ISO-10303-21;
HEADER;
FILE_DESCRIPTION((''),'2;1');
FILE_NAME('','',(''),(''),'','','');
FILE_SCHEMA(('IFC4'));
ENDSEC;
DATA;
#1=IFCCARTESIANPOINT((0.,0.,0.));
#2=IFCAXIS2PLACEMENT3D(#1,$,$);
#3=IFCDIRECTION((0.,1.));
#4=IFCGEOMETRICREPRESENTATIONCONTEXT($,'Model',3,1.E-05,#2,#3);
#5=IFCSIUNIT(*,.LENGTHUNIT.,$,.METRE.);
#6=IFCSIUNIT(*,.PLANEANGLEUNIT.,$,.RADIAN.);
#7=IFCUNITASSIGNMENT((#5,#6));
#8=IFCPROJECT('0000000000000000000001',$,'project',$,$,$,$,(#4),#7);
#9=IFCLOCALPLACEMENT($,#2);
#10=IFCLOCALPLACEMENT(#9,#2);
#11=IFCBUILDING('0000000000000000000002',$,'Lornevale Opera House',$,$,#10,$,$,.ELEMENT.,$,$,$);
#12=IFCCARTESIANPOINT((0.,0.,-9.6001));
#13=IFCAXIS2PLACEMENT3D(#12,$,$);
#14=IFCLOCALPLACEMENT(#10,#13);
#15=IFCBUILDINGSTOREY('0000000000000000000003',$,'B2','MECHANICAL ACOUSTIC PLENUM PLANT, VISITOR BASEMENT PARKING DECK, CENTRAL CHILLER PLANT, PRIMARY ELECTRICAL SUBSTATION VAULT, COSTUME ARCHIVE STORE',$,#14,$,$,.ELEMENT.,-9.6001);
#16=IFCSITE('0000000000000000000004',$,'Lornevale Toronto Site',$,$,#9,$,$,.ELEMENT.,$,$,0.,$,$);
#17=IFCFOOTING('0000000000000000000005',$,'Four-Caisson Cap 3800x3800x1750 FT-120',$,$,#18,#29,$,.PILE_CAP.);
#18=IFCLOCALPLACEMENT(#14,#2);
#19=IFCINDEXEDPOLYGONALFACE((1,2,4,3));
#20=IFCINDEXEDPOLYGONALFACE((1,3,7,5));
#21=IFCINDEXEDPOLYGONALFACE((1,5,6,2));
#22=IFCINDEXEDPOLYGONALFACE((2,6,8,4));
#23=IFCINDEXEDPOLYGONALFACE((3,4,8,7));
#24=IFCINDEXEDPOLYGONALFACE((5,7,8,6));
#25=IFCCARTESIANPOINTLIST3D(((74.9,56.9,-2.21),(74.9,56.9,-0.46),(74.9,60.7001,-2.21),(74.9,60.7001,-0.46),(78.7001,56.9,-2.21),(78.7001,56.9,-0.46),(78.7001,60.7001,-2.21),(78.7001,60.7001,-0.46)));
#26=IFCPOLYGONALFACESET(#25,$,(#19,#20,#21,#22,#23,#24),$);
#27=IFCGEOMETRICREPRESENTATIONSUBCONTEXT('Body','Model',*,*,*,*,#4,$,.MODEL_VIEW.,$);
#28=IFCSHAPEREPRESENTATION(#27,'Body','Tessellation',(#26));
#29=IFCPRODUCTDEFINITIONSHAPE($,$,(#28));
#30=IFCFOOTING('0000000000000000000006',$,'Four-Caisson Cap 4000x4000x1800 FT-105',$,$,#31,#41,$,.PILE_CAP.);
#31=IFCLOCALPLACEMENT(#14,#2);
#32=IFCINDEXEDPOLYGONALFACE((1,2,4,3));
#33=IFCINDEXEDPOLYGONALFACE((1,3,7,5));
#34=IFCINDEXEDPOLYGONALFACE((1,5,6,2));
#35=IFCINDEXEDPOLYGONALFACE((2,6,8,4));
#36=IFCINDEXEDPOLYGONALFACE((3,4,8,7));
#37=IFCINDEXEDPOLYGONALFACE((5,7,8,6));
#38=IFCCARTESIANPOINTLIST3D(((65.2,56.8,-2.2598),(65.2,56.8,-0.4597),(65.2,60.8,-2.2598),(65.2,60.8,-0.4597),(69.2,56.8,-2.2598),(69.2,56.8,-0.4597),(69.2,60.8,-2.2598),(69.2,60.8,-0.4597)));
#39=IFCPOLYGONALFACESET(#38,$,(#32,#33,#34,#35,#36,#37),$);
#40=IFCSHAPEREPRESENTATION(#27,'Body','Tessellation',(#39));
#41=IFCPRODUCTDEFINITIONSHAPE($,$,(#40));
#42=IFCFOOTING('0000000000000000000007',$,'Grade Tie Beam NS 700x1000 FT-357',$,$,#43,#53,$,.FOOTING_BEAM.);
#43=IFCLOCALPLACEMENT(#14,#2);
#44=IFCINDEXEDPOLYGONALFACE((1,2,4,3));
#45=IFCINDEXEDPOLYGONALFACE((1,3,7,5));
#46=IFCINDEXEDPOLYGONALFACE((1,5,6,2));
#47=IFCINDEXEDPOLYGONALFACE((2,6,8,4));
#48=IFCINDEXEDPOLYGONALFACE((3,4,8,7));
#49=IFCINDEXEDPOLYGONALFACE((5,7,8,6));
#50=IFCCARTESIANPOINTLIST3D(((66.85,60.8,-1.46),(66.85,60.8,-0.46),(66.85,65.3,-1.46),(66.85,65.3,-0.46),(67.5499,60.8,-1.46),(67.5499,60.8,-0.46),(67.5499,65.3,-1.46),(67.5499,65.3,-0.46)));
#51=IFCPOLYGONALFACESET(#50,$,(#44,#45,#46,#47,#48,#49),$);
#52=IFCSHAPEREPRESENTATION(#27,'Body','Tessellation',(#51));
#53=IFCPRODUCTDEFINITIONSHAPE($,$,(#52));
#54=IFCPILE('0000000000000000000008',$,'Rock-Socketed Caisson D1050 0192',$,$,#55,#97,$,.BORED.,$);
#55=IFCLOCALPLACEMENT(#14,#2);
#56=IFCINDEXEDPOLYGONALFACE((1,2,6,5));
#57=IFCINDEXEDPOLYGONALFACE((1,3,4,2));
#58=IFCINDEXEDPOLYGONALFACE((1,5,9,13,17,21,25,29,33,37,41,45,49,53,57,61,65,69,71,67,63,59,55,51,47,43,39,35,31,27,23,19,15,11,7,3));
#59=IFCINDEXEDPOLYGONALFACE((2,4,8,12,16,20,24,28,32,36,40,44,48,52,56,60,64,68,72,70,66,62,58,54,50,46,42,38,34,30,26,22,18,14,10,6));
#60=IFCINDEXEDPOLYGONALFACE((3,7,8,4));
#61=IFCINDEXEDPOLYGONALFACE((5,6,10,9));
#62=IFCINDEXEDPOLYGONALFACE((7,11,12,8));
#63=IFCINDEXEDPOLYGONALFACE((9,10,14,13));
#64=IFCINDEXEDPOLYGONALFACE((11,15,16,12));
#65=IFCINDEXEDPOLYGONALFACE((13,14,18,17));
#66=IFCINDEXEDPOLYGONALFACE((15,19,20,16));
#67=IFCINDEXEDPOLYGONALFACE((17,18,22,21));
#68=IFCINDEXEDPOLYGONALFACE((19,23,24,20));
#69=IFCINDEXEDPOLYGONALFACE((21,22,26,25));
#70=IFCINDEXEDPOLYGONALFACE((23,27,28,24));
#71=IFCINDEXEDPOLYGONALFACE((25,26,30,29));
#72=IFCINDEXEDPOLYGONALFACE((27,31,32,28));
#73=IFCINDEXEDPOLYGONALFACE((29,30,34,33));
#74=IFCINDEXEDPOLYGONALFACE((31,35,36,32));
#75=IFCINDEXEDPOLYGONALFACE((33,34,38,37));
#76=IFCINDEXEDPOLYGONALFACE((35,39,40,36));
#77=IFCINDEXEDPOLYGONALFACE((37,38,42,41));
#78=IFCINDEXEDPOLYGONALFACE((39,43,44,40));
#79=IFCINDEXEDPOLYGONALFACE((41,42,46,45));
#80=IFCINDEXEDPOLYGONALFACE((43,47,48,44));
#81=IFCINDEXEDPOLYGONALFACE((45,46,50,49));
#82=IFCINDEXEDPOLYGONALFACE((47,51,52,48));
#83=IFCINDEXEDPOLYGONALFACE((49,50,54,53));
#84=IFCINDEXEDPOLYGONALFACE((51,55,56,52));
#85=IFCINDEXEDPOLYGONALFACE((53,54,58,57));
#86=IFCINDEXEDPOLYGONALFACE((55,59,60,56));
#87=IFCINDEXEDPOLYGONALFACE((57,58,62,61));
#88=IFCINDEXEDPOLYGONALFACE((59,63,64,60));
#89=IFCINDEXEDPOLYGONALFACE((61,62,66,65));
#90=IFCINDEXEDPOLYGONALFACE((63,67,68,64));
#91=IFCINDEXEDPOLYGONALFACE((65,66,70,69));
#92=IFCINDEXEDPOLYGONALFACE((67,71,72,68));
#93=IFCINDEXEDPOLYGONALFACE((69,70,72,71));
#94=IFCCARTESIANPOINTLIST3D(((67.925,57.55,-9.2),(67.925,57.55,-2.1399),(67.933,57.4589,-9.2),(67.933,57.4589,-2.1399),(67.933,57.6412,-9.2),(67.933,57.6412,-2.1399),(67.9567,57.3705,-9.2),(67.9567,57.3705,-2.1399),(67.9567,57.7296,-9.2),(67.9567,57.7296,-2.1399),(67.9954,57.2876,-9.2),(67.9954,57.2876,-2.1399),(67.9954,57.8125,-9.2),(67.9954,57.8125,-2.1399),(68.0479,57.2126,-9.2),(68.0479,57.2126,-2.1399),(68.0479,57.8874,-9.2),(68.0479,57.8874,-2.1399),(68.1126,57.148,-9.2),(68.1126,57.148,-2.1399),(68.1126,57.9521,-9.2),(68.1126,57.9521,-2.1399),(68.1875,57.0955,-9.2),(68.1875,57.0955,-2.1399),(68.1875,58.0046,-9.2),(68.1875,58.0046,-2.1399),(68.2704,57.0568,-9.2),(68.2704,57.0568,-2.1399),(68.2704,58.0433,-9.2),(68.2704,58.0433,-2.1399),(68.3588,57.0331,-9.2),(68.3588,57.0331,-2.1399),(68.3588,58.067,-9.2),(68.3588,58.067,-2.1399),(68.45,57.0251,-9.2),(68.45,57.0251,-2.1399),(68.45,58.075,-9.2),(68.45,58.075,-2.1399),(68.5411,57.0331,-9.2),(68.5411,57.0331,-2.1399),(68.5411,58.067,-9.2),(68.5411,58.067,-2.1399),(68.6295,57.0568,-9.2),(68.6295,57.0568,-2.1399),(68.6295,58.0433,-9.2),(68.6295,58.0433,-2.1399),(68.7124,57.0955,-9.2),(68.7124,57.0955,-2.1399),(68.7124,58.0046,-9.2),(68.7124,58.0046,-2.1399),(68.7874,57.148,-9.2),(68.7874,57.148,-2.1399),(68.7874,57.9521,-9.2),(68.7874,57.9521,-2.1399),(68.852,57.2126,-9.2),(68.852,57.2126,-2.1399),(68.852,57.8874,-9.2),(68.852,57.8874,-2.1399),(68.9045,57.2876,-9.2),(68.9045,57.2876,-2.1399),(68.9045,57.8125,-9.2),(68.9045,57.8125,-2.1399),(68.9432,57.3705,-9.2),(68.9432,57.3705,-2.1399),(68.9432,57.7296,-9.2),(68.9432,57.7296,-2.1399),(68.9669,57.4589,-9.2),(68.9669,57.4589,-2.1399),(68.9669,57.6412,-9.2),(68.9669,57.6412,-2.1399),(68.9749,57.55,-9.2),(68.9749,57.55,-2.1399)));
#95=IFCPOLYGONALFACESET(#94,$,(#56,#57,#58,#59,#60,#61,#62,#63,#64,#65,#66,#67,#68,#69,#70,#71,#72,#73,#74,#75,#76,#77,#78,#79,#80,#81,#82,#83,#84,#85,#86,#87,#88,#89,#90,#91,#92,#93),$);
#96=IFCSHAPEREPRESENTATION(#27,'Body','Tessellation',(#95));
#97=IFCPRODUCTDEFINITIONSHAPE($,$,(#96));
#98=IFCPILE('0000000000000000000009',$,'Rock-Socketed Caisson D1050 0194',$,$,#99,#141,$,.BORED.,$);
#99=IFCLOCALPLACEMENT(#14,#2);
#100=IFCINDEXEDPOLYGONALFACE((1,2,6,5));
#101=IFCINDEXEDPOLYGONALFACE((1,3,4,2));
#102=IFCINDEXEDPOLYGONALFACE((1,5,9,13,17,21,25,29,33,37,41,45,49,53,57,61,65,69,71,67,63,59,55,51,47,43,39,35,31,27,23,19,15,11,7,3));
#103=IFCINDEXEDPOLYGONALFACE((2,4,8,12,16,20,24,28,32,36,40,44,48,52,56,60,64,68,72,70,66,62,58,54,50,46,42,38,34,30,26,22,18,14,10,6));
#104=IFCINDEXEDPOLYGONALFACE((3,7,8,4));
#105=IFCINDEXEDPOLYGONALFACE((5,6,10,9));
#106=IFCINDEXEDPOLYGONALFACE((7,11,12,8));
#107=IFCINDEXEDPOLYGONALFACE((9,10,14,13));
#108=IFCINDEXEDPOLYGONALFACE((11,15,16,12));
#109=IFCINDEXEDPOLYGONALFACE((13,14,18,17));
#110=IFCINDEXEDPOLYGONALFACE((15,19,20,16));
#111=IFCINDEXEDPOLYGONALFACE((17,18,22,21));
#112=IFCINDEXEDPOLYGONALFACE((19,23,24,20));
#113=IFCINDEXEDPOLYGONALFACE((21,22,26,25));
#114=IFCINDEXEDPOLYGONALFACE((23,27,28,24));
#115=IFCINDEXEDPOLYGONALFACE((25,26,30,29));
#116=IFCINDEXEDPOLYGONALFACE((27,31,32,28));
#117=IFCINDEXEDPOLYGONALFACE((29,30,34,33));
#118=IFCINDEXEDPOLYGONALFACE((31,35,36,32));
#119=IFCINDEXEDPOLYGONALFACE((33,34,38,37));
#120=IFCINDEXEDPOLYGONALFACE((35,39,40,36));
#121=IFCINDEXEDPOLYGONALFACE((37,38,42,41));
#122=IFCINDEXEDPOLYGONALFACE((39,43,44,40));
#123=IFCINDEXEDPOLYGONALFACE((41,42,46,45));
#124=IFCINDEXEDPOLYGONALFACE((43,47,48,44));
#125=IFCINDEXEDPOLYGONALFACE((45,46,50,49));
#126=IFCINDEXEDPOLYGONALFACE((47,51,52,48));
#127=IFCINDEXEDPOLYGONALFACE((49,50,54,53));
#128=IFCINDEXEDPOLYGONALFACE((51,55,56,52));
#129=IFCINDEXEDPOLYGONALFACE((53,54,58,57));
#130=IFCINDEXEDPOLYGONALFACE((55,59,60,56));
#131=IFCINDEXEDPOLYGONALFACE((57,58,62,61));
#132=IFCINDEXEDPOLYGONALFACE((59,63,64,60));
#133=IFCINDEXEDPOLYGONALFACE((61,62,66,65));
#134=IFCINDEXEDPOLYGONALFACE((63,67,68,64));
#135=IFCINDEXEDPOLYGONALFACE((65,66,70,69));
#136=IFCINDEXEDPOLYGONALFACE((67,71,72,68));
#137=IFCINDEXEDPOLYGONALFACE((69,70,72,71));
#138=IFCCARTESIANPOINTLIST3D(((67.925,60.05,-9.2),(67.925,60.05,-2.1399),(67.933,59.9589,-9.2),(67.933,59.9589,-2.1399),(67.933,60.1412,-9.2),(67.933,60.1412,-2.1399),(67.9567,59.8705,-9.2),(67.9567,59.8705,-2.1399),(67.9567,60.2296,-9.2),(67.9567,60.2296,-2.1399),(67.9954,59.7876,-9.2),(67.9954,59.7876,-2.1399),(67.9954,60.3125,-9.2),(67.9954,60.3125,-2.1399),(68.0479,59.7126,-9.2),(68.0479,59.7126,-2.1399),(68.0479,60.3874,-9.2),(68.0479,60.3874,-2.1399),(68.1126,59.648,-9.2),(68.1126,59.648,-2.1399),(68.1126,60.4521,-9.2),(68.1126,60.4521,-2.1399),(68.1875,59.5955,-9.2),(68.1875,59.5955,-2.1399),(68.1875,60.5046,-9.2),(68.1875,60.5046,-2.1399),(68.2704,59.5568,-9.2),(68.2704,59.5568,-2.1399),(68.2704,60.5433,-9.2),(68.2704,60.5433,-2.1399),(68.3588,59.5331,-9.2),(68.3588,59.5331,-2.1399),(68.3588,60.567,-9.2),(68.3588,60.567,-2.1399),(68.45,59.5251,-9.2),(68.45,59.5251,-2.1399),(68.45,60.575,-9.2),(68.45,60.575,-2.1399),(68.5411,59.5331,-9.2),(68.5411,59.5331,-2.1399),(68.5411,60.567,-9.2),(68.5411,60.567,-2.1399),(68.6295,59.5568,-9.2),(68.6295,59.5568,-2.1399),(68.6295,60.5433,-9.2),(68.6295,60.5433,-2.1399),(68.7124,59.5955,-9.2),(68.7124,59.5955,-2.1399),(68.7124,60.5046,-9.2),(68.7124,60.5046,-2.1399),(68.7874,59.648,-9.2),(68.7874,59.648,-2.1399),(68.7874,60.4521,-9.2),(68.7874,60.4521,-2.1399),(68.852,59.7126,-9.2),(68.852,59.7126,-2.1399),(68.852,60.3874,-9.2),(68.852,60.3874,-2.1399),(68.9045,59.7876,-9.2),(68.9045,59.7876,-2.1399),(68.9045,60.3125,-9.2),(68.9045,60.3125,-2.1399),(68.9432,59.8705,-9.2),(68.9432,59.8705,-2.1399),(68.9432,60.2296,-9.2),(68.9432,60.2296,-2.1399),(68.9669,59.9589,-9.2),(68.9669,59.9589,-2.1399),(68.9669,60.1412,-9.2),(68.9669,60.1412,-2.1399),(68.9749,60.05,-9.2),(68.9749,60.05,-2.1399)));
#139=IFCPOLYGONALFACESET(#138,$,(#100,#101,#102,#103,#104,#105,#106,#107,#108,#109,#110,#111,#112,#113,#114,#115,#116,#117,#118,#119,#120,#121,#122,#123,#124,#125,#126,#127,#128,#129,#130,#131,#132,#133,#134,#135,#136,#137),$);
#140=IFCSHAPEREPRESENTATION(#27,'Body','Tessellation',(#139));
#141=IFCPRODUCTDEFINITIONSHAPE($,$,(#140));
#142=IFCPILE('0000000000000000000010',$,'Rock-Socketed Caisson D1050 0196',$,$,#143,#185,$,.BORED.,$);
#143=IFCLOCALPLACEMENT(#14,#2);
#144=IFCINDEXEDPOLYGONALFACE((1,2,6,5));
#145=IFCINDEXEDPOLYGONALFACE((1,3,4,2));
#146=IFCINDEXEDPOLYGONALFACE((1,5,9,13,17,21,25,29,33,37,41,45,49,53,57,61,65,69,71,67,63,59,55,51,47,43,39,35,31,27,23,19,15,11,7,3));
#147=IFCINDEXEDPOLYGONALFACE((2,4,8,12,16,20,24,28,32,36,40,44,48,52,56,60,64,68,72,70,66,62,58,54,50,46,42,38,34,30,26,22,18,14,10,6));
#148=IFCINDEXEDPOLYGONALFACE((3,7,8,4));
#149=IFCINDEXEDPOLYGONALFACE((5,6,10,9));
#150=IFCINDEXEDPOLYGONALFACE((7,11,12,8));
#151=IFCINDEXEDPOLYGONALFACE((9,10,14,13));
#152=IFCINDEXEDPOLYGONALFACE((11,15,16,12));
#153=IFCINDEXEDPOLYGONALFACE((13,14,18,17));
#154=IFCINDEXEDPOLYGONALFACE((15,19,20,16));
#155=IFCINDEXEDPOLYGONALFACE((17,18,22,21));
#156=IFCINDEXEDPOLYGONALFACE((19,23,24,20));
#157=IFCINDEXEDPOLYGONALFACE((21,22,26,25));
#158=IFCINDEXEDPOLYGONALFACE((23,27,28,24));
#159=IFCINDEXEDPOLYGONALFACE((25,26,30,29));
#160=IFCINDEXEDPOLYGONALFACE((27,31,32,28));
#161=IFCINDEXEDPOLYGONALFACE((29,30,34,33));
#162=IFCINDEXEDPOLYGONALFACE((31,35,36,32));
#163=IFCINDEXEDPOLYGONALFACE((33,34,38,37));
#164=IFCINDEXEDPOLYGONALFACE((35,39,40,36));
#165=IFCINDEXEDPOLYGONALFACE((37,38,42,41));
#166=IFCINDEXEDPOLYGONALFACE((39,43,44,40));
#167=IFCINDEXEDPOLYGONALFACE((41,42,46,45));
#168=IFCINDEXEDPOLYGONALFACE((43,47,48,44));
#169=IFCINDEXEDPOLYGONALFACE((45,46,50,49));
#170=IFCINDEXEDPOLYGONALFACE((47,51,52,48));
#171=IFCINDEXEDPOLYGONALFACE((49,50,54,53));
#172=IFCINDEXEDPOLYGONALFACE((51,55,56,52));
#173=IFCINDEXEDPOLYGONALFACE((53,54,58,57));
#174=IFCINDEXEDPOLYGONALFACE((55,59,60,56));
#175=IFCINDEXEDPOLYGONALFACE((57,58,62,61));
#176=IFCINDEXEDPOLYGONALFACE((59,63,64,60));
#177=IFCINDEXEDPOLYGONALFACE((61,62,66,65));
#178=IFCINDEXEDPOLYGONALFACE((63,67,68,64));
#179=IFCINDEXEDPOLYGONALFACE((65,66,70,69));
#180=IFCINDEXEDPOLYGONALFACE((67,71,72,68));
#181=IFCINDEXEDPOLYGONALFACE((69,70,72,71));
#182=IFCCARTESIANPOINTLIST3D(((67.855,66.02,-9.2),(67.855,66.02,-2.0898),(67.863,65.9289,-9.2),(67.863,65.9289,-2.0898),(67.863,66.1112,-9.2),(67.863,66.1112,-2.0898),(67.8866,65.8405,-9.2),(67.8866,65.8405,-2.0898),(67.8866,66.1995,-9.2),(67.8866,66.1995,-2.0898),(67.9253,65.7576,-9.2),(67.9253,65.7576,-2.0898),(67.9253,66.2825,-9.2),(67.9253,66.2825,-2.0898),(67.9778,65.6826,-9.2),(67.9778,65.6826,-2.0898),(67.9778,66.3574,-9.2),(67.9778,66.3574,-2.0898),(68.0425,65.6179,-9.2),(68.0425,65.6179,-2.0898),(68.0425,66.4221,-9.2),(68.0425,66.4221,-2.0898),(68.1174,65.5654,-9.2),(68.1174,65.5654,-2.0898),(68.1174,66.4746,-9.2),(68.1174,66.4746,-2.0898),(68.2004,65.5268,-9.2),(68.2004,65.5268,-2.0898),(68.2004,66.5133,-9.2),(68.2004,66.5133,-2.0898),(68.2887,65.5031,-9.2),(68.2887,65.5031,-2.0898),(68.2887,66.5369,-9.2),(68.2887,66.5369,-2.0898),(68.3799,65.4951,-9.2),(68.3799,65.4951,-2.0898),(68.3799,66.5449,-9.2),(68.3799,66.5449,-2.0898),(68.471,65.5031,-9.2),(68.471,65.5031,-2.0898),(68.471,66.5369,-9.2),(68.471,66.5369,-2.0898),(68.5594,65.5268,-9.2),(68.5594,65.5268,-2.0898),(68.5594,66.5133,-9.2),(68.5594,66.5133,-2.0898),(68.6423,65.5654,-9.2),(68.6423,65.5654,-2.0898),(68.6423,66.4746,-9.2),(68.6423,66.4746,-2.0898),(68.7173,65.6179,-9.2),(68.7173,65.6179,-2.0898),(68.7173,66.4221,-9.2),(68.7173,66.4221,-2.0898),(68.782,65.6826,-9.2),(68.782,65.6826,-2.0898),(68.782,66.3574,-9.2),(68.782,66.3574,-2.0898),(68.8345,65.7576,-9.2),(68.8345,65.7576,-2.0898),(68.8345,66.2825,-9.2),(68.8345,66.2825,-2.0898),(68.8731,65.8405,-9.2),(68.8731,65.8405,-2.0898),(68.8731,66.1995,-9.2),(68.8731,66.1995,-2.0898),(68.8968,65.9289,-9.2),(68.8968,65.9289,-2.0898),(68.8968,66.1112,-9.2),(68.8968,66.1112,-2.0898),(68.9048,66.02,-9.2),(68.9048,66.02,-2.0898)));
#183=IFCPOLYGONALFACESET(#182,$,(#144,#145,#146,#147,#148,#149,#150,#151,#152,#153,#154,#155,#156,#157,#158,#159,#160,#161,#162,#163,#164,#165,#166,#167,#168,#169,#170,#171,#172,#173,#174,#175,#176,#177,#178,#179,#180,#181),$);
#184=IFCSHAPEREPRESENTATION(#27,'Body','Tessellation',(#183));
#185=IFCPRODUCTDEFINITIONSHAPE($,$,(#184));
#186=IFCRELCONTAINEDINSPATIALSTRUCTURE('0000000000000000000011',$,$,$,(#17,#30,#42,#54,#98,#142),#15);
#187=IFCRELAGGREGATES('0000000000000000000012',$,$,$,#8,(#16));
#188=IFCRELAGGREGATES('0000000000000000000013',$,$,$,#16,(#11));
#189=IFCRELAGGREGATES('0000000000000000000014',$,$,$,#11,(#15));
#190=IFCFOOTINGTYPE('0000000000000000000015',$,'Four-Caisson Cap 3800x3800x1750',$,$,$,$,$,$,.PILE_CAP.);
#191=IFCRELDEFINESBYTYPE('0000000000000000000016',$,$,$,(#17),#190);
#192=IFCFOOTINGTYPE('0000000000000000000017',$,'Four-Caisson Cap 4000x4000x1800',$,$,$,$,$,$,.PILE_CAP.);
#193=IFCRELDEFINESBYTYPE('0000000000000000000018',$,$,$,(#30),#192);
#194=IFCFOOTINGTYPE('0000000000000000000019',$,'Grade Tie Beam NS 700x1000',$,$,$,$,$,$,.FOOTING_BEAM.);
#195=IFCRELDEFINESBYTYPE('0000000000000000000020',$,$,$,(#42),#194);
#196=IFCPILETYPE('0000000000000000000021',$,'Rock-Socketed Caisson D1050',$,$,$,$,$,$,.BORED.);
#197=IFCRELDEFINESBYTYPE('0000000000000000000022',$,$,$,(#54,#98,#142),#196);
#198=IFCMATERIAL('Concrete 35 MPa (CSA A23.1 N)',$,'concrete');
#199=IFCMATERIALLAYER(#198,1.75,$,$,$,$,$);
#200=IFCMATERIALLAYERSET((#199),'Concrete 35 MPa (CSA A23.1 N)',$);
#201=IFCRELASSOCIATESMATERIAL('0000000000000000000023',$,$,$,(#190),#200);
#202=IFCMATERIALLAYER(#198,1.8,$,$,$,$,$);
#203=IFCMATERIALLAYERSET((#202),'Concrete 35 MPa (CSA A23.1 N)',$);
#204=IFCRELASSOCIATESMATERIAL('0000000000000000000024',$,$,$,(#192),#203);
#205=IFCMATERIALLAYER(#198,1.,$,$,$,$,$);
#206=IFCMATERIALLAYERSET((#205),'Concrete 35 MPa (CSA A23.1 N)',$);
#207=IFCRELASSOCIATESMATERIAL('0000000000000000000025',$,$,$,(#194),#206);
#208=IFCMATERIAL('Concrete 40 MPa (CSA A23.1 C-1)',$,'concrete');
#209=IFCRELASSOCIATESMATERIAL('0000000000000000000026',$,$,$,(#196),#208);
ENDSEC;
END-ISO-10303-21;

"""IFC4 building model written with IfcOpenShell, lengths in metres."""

from ifc_helpers import new_model, si_unit, direction, frame, origin, origin_2d, place, context, subcontext, project, spatial, rectangle, circle, extrude, material, layer, layer_set, material_profile, profile_set, type_object, element, save


model = new_model("IFC4")

# Units and contexts
model_context = context("Model", 3, precision=1e-05, world=origin(), true_north=direction((0.0, 1.0)))
body_context = subcontext(model_context, "Body", "Model", "MODEL_VIEW")
ifc_project = project(units=[si_unit("LENGTHUNIT", "METRE"), si_unit("PLANEANGLEUNIT", "RADIAN")], contexts=[model_context])

# Site, building, storey
site_placement = place(None, origin())
site = spatial("IfcSite", under=ifc_project, at=site_placement, Name="Lornevale Toronto Site", CompositionType="ELEMENT", RefElevation=0.0)
building_placement = place(site_placement, origin())
building = spatial("IfcBuilding", under=site, at=building_placement, Name="Lornevale Opera House", CompositionType="ELEMENT")
storey_placement = place(building_placement, frame((0.0, 0.0, -9.6001)))
storey = spatial("IfcBuildingStorey", under=building, at=storey_placement, Name="B2", Description="MECHANICAL ACOUSTIC PLENUM PLANT, VISITOR BASEMENT PARKING DECK, CENTRAL CHILLER PLANT, PRIMARY ELECTRICAL SUBSTATION VAULT, COSTUME ARCHIVE STORE", CompositionType="ELEMENT", Elevation=-9.6001)

# Footings
ifc_material_1 = material(Name="Concrete 35 MPa (CSA A23.1 N)", Category="concrete")
ifc_layer_1 = layer(ifc_material_1, 1.75)
ifc_layer_set_1 = layer_set([ifc_layer_1], Name="Concrete 35 MPa (CSA A23.1 N)")
footing_type_1 = type_object("IfcFootingType", Name="Four-Caisson Cap 3800x3800x1750", PredefinedType="PILE_CAP", material=ifc_layer_set_1)
footing_1_placement = place(storey_placement, frame((76.8, 58.8, -2.21), z_axis=(0.0, 0.0, 1.0), x_axis=(1.0, 0.0, 0.0)))
element("IfcFooting", 1, at=footing_1_placement, inside=storey, type_object=footing_type_1, Name="Four-Caisson Cap 3800x3800x1750 FT-120", PredefinedType="PILE_CAP", context=body_context, shape_type="SweptSolid", body=[
    extrude(rectangle(XDim=3.8, YDim=3.8, at=origin_2d()), origin(), (0.0, 0.0, 1.0), 1.75),
])
ifc_layer_2 = layer(ifc_material_1, 1.8)
ifc_layer_set_2 = layer_set([ifc_layer_2], Name="Concrete 35 MPa (CSA A23.1 N)")
footing_type_2 = type_object("IfcFootingType", Name="Four-Caisson Cap 4000x4000x1800", PredefinedType="PILE_CAP", material=ifc_layer_set_2)
footing_2_placement = place(storey_placement, frame((67.2, 58.8, -2.2598), z_axis=(0.0, 0.0, 1.0), x_axis=(1.0, 0.0, 0.0)))
element("IfcFooting", 2, at=footing_2_placement, inside=storey, type_object=footing_type_2, Name="Four-Caisson Cap 4000x4000x1800 FT-105", PredefinedType="PILE_CAP", context=body_context, shape_type="SweptSolid", body=[
    extrude(rectangle(XDim=4.0, YDim=4.0, at=origin_2d()), origin(), (0.0, 0.0, 1.0), 1.8),
])
ifc_layer_3 = layer(ifc_material_1, 1.0)
ifc_layer_set_3 = layer_set([ifc_layer_3], Name="Concrete 35 MPa (CSA A23.1 N)")
footing_type_3 = type_object("IfcFootingType", Name="Grade Tie Beam NS 700x1000", PredefinedType="FOOTING_BEAM", material=ifc_layer_set_3)
footing_3_placement = place(storey_placement, frame((67.2, 63.05, -1.46), z_axis=(0.0, 0.0, 1.0), x_axis=(1.0, 0.0, 0.0)))
element("IfcFooting", 3, at=footing_3_placement, inside=storey, type_object=footing_type_3, Name="Grade Tie Beam NS 700x1000 FT-357", PredefinedType="FOOTING_BEAM", context=body_context, shape_type="SweptSolid", body=[
    extrude(rectangle(XDim=0.7, YDim=4.5, at=origin_2d()), origin(), (0.0, 0.0, 1.0), 1.0),
])

# Piles
ifc_material_2 = material(Name="Concrete 40 MPa (CSA A23.1 C-1)", Category="concrete")
ifc_material_profile_1 = material_profile(ifc_material_2, circle(Radius=0.5249, at=origin_2d()), Name="CAIS1050")
ifc_profile_set_1 = profile_set([ifc_material_profile_1], Name="Concrete 40 MPa (CSA A23.1 C-1)")
pile_type_1 = type_object("IfcPileType", Name="Rock-Socketed Caisson D1050", PredefinedType="BORED", material=ifc_profile_set_1)
for number, where, z_axis, x_axis, name in (
    (4, (68.45, 57.55, -2.1399), (0.0, 0.0, -1.0), (1.0, 0.0, 0.0), "Rock-Socketed Caisson D1050 0192"),
    (5, (68.45, 60.05, -2.1399), (0.0, 0.0, -1.0), (1.0, 0.0, 0.0), "Rock-Socketed Caisson D1050 0194"),
):
    element("IfcPile", number, at=place(storey_placement, frame(where, z_axis=z_axis, x_axis=x_axis)), inside=storey, type_object=pile_type_1, Name=name, PredefinedType="BORED", context=body_context, shape_type="SweptSolid", body=[
        extrude(circle(Radius=0.5249, at=origin_2d()), origin(), (0.0, 0.0, 1.0), 7.0601),
    ])
for number, where, z_axis, x_axis, name in (
    (6, (68.3799, 66.02, -2.0898), (0.0, 0.0, -1.0), (1.0, 0.0, 0.0), "Rock-Socketed Caisson D1050 0196"),
):
    element("IfcPile", number, at=place(storey_placement, frame(where, z_axis=z_axis, x_axis=x_axis)), inside=storey, type_object=pile_type_1, Name=name, PredefinedType="BORED", context=body_context, shape_type="SweptSolid", body=[
        extrude(circle(Radius=0.5249, at=origin_2d()), origin(), (0.0, 0.0, 1.0), 7.1101),
    ])

save(model, "model.ifc")
